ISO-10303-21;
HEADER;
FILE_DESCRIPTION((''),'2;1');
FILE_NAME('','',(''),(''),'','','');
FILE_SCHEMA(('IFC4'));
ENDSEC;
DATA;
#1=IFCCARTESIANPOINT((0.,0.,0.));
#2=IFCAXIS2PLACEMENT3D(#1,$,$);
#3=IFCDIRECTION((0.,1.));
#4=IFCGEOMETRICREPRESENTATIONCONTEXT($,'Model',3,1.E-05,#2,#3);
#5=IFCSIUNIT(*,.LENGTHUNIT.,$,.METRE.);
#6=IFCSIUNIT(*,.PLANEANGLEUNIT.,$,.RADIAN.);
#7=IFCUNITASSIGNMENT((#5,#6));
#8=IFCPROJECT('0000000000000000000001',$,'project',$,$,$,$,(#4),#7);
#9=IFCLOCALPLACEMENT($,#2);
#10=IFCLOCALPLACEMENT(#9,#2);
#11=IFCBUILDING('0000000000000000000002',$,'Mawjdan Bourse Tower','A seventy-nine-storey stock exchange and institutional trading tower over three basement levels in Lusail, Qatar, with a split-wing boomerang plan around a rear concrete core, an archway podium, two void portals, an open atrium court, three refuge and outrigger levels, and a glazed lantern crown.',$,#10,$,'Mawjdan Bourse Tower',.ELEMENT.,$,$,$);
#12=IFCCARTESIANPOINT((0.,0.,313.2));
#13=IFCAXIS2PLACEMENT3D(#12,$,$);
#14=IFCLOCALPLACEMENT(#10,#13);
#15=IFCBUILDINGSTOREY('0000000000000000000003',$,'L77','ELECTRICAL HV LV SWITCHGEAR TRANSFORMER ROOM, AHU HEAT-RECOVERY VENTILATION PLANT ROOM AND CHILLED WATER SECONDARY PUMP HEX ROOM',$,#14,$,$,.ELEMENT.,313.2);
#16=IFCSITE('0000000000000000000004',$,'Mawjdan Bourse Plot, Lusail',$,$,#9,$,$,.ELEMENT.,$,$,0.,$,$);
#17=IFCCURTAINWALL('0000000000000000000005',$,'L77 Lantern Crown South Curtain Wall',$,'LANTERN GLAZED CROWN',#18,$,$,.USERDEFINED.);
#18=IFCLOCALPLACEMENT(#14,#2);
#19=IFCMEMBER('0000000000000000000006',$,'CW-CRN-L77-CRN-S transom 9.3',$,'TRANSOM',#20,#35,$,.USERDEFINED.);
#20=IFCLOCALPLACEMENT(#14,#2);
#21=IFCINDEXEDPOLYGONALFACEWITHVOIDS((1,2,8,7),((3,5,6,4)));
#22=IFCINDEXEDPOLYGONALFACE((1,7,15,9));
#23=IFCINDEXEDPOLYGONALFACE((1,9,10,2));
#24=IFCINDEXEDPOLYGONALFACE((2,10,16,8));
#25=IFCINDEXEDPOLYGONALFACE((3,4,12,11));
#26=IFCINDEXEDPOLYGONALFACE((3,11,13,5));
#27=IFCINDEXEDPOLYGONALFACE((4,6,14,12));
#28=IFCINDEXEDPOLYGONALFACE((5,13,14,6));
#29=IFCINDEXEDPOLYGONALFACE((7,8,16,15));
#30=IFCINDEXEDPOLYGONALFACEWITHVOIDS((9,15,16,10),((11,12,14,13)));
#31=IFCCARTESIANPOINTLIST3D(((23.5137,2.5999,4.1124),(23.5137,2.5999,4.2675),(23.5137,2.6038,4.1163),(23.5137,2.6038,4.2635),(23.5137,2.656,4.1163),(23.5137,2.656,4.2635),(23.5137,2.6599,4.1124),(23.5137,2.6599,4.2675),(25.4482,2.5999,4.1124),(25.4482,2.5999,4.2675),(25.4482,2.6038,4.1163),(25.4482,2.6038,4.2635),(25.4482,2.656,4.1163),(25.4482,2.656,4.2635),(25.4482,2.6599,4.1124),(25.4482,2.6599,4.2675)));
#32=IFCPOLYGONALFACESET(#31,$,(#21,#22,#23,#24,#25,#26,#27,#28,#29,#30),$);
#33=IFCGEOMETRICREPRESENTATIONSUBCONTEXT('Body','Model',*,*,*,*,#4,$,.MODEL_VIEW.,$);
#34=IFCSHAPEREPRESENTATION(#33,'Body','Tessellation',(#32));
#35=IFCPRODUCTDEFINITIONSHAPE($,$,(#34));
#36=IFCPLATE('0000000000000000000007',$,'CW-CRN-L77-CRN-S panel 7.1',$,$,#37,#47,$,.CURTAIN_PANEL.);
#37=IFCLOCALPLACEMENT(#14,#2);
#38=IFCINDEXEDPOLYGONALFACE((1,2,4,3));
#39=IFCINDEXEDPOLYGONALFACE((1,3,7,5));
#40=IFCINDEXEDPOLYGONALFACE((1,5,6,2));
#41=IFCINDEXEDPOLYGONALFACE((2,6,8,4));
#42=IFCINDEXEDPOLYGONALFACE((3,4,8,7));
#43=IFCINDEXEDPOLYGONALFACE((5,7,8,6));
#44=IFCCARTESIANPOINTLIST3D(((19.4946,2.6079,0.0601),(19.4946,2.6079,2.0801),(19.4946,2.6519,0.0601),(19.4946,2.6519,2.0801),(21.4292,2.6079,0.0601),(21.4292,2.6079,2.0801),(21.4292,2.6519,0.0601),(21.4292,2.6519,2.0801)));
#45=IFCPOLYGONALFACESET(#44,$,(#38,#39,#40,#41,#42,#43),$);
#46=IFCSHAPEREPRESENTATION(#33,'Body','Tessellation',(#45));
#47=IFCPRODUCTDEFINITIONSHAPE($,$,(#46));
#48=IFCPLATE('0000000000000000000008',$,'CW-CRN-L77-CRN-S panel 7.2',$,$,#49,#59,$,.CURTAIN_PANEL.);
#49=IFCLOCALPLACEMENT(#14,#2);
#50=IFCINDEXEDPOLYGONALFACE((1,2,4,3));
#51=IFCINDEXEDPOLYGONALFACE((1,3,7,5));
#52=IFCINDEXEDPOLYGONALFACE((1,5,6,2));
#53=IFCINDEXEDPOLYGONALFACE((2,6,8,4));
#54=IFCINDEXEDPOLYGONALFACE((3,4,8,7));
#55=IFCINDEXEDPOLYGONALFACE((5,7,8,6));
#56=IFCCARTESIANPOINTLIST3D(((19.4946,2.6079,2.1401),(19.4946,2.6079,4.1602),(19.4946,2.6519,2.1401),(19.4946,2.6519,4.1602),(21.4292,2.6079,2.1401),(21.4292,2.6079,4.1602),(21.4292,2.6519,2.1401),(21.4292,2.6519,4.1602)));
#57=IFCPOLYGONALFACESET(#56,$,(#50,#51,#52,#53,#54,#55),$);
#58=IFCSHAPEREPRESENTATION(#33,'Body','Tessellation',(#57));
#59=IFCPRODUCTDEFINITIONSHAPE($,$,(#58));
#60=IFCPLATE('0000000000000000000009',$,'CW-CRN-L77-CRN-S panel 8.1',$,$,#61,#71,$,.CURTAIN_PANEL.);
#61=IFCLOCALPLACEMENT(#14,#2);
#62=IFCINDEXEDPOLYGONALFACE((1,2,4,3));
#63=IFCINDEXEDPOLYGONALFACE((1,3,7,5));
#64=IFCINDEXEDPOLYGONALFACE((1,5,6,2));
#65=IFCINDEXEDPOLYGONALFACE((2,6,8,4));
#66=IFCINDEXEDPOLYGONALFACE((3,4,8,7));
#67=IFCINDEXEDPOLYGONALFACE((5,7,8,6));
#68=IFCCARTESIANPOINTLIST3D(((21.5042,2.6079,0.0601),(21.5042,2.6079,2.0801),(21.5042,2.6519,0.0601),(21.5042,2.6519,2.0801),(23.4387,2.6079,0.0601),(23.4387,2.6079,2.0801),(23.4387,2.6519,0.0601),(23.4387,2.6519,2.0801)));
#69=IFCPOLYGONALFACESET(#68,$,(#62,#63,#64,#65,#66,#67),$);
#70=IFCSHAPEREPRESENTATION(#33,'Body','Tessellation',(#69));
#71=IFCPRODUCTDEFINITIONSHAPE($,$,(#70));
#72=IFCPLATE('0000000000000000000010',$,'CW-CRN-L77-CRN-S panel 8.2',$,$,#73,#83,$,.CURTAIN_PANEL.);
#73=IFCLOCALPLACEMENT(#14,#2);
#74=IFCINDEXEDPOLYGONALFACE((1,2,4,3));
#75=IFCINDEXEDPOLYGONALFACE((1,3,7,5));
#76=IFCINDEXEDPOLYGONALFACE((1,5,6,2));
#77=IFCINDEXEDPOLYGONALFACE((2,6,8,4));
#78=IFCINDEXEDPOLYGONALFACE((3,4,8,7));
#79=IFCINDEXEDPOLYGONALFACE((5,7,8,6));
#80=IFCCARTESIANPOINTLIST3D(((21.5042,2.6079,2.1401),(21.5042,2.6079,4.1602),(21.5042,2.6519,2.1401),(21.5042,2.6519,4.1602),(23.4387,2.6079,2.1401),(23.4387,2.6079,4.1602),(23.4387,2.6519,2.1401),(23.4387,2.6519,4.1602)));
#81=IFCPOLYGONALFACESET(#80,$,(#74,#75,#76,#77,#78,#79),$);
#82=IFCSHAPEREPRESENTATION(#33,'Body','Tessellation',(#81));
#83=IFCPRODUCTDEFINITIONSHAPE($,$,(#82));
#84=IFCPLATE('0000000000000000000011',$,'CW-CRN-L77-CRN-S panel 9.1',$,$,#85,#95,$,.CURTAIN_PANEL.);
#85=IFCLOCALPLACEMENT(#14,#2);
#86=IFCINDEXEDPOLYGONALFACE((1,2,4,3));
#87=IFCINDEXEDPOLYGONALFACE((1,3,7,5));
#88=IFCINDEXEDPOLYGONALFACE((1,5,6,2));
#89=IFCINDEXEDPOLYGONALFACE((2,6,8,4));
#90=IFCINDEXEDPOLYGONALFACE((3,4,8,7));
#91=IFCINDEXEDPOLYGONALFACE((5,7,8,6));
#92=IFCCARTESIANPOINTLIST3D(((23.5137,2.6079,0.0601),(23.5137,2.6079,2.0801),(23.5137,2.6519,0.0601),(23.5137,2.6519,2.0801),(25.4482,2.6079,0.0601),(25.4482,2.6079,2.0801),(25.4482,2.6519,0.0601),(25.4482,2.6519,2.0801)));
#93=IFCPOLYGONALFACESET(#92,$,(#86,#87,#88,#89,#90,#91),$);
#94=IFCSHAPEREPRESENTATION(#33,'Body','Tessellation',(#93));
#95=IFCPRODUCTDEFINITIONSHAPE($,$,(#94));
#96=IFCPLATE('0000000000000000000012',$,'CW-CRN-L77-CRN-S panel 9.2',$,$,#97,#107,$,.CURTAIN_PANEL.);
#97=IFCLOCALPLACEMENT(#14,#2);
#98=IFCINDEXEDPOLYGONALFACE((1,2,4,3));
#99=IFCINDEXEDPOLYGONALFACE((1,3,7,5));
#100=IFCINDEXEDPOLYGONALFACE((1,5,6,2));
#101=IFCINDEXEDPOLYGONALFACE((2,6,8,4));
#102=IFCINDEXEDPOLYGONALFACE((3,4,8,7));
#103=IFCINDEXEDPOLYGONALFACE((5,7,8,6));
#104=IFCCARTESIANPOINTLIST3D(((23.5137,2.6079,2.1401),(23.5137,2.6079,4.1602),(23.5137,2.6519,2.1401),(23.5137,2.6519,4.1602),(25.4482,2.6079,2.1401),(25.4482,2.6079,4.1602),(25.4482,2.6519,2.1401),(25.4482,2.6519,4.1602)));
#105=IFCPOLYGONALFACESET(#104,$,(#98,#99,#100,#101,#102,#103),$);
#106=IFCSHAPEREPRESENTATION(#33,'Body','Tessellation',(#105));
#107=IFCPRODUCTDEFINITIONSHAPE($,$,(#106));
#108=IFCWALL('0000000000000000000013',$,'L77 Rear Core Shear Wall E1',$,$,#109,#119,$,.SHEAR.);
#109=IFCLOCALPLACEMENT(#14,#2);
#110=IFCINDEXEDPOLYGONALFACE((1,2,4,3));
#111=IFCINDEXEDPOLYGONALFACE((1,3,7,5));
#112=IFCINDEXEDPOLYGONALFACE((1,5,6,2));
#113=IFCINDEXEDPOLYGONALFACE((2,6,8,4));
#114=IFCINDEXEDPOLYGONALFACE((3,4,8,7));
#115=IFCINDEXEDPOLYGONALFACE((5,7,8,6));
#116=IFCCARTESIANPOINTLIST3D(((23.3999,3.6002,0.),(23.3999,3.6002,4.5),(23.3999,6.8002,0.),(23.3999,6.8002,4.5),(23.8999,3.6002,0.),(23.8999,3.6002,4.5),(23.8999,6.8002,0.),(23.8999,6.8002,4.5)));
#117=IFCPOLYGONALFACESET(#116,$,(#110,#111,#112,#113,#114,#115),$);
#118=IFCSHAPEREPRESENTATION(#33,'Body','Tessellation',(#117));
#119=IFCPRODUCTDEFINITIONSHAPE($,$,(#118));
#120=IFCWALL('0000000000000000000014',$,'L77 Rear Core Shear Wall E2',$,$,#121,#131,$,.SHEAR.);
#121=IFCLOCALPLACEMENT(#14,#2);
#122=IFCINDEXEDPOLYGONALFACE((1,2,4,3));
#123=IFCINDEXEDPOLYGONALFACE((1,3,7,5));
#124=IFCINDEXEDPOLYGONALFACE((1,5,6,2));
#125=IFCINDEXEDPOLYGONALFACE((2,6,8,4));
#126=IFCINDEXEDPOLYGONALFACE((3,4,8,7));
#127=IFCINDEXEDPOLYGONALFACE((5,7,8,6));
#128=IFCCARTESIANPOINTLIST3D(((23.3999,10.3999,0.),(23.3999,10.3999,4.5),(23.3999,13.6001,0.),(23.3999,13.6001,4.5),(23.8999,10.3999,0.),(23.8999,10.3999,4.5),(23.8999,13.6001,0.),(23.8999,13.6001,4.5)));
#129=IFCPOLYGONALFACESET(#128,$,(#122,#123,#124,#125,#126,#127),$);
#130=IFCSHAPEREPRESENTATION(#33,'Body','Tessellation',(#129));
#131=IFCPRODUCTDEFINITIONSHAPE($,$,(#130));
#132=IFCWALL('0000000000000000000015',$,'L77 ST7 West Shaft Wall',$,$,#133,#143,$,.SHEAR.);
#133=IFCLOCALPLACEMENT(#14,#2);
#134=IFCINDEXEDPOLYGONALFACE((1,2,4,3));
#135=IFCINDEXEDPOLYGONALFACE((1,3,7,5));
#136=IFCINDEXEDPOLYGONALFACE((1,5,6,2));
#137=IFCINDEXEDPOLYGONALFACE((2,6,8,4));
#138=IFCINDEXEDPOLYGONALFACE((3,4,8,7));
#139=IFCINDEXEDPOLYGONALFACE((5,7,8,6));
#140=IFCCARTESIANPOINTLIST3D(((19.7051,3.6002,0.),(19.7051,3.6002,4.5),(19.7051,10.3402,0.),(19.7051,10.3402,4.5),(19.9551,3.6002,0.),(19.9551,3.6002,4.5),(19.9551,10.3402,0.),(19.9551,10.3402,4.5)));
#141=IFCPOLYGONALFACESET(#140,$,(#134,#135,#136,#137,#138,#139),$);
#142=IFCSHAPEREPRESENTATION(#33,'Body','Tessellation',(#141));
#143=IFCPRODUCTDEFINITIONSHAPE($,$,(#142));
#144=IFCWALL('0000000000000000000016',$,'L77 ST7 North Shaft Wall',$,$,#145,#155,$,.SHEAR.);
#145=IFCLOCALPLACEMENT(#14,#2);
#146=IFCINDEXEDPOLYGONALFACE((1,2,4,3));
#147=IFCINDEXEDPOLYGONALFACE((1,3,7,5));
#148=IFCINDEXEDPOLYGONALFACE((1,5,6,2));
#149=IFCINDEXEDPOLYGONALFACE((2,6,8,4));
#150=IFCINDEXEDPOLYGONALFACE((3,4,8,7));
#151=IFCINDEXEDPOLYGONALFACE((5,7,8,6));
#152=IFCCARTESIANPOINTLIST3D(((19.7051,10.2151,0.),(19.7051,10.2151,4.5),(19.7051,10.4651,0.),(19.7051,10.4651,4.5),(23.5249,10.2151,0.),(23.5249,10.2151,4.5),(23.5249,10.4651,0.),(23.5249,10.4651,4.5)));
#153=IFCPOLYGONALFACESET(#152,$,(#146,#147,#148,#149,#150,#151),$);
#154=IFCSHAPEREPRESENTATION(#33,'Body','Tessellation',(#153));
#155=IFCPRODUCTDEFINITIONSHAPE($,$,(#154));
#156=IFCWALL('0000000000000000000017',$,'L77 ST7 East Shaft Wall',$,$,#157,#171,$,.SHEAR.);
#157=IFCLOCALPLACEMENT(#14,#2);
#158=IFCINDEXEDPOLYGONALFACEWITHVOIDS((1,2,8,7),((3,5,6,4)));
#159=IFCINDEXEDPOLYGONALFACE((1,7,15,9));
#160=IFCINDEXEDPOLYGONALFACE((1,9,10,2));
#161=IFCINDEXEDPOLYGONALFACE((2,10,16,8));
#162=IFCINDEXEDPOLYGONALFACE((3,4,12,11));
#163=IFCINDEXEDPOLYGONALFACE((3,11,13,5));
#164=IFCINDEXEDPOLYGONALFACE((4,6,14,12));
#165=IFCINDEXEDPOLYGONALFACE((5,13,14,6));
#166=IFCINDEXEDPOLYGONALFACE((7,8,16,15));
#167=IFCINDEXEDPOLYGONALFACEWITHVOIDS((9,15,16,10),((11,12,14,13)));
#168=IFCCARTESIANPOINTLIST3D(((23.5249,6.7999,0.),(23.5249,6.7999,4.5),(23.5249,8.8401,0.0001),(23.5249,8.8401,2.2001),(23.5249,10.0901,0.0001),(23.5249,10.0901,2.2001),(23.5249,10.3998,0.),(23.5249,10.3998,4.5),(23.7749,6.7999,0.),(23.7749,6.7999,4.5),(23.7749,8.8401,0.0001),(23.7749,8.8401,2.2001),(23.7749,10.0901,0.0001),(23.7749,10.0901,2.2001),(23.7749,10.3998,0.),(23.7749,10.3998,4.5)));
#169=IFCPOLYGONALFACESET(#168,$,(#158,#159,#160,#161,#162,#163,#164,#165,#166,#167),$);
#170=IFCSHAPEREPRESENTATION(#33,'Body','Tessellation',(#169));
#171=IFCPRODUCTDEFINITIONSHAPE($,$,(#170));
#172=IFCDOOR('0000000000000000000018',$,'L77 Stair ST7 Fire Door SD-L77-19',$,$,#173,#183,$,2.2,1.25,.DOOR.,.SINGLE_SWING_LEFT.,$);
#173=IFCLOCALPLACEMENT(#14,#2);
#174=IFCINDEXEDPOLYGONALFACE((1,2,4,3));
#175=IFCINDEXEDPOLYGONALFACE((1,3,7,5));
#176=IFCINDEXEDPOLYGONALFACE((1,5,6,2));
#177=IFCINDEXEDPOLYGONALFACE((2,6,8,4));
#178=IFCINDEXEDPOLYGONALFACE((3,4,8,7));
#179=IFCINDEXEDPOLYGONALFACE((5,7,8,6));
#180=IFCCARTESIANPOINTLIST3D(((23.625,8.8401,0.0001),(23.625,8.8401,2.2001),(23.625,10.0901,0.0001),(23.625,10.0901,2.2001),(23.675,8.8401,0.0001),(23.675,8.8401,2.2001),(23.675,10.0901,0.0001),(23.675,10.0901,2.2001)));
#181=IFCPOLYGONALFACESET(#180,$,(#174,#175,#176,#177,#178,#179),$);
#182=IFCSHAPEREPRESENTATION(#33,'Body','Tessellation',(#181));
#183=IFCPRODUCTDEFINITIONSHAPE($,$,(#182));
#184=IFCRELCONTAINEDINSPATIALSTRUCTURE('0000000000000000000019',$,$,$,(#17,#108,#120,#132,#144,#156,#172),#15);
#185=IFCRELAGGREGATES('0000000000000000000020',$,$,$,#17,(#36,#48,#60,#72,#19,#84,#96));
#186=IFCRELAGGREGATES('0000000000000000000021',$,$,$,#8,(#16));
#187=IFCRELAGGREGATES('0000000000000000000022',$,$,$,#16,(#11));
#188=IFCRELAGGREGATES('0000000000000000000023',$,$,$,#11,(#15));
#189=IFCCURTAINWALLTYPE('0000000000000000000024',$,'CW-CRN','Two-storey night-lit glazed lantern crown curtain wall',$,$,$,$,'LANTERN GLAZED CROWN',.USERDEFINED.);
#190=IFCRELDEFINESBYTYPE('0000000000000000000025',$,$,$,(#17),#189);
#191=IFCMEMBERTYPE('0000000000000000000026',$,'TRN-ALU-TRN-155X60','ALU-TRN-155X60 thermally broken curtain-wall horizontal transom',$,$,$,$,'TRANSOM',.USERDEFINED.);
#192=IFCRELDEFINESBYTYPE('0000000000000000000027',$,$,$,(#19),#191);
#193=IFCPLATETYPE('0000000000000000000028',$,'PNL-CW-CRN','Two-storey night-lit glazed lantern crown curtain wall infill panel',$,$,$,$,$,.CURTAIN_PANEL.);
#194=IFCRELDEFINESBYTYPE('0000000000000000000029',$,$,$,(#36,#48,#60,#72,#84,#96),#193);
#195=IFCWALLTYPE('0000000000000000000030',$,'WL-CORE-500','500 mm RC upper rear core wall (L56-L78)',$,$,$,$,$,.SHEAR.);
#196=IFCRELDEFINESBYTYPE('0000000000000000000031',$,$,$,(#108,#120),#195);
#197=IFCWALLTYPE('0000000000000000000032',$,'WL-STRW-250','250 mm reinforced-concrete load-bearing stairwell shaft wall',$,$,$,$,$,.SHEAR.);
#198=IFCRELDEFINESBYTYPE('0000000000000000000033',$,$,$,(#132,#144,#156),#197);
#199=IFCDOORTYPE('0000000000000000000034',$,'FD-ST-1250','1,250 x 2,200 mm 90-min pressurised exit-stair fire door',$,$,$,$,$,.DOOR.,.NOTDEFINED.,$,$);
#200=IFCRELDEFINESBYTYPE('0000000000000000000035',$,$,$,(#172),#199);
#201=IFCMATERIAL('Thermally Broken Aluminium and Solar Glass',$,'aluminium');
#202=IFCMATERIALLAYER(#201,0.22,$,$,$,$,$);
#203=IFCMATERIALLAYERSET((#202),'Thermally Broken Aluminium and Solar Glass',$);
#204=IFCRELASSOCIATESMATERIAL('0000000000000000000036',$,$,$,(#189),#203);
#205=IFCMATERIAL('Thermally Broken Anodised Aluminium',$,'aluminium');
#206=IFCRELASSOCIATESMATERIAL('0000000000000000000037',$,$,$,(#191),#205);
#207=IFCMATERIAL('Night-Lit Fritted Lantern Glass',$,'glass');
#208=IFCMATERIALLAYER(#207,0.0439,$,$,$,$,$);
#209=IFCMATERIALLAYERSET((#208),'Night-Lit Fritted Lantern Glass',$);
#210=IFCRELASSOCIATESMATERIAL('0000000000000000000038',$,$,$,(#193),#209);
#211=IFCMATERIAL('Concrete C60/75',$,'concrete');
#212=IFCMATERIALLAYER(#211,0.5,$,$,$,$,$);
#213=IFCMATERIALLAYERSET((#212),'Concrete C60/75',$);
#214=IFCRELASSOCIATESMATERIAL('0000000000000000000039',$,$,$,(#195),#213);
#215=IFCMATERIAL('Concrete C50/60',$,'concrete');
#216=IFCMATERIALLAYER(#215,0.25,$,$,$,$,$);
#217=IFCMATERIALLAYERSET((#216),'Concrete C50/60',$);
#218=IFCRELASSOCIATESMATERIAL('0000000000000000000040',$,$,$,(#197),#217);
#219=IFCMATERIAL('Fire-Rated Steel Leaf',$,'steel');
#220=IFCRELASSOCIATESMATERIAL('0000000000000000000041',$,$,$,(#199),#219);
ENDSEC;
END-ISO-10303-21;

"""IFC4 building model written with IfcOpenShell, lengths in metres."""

from ifc_helpers import new_model, si_unit, direction, frame, frame_2d, origin, origin_2d, place, context, subcontext, project, spatial, rectangle, hollow_rectangle, extrude, material, layer, layer_set, material_profile, profile_set, type_object, element, fill, aggregate, save


model = new_model("IFC4")

# Units and contexts
model_context = context("Model", 3, precision=1e-05, world=origin(), true_north=direction((0.0, 1.0)))
body_context = subcontext(model_context, "Body", "Model", "MODEL_VIEW")
ifc_project = project(units=[si_unit("LENGTHUNIT", "METRE"), si_unit("PLANEANGLEUNIT", "RADIAN")], contexts=[model_context])

# Site, building, storey
site_placement = place(None, origin())
site = spatial("IfcSite", under=ifc_project, at=site_placement, Name="Mawjdan Bourse Plot, Lusail", CompositionType="ELEMENT", RefElevation=0.0)
building_placement = place(site_placement, origin())
building = spatial("IfcBuilding", under=site, at=building_placement, Name="Mawjdan Bourse Tower", Description="A seventy-nine-storey stock exchange and institutional trading tower over three basement levels in Lusail, Qatar, with a split-wing boomerang plan around a rear concrete core, an archway podium, two void portals, an open atrium court, three refuge and outrigger levels, and a glazed lantern crown.", LongName="Mawjdan Bourse Tower", CompositionType="ELEMENT")
storey_placement = place(building_placement, frame((0.0, 0.0, 313.2)))
storey = spatial("IfcBuildingStorey", under=building, at=storey_placement, Name="L77", Description="ELECTRICAL HV LV SWITCHGEAR TRANSFORMER ROOM, AHU HEAT-RECOVERY VENTILATION PLANT ROOM AND CHILLED WATER SECONDARY PUMP HEX ROOM", CompositionType="ELEMENT", Elevation=313.2)

# Curtain wall
ifc_material_1 = material(Name="Thermally Broken Aluminium and Solar Glass", Category="aluminium")
ifc_layer_1 = layer(ifc_material_1, 0.22)
ifc_layer_set_1 = layer_set([ifc_layer_1], Name="Thermally Broken Aluminium and Solar Glass")
curtain_wall_type = type_object("IfcCurtainWallType", Name="CW-CRN", Description="Two-storey night-lit glazed lantern crown curtain wall", ElementType="LANTERN GLAZED CROWN", PredefinedType="USERDEFINED", material=ifc_layer_set_1)
curtain_wall_placement = place(storey_placement, origin())
curtain_wall = element("IfcCurtainWall", 1, at=curtain_wall_placement, inside=storey, type_object=curtain_wall_type, Name="L77 Lantern Crown South Curtain Wall", ObjectType="LANTERN GLAZED CROWN", PredefinedType="USERDEFINED")
ifc_material_2 = material(Name="Thermally Broken Anodised Aluminium", Category="aluminium")

# Member
ifc_material_profile_1 = material_profile(ifc_material_2, hollow_rectangle(XDim=0.0601, YDim=0.155, WallThickness=0.0039, at=origin_2d()), Name="ALU-TRN-155X60")
ifc_profile_set_1 = profile_set([ifc_material_profile_1], Name="Thermally Broken Anodised Aluminium")
member_type_1 = type_object("IfcMemberType", Name="TRN-ALU-TRN-155X60", Description="ALU-TRN-155X60 thermally broken curtain-wall horizontal transom", ElementType="TRANSOM", PredefinedType="USERDEFINED", material=ifc_profile_set_1)
member_1_placement = place(storey_placement, frame((23.5137, 2.6299, 4.1899), z_axis=(1.0, 0.0, 0.0), x_axis=(0.0, 1.0, 0.0)))
member_1 = element("IfcMember", 2, at=member_1_placement, type_object=member_type_1, Name="CW-CRN-L77-CRN-S transom 9.3", ObjectType="TRANSOM", PredefinedType="USERDEFINED", context=body_context, shape_type="SweptSolid", body=[
    extrude(hollow_rectangle(XDim=0.0601, YDim=0.155, WallThickness=0.0039, at=origin_2d()), origin(), (0.0, 0.0, 1.0), 1.9346),
])

# Plates
ifc_material_3 = material(Name="Night-Lit Fritted Lantern Glass", Category="glass")
ifc_layer_2 = layer(ifc_material_3, 0.0439)
ifc_layer_set_2 = layer_set([ifc_layer_2], Name="Night-Lit Fritted Lantern Glass")
plate_type = type_object("IfcPlateType", Name="PNL-CW-CRN", Description="Two-storey night-lit glazed lantern crown curtain wall infill panel", PredefinedType="CURTAIN_PANEL", material=ifc_layer_set_2)
plate_1_placement = place(storey_placement, frame((20.4619, 2.6299, 0.0601), z_axis=(0.0, 0.0, 1.0), x_axis=(1.0, 0.0, 0.0)))
plate_1 = element("IfcPlate", 3, at=plate_1_placement, type_object=plate_type, Name="CW-CRN-L77-CRN-S panel 7.1", PredefinedType="CURTAIN_PANEL", context=body_context, shape_type="SweptSolid", body=[
    extrude(rectangle(XDim=1.9346, YDim=0.0439, at=origin_2d()), origin(), (0.0, 0.0, 1.0), 2.02),
])
plate_2_placement = place(storey_placement, frame((20.4619, 2.6299, 2.1401), z_axis=(0.0, 0.0, 1.0), x_axis=(1.0, 0.0, 0.0)))
plate_2 = element("IfcPlate", 4, at=plate_2_placement, type_object=plate_type, Name="CW-CRN-L77-CRN-S panel 7.2", PredefinedType="CURTAIN_PANEL", context=body_context, shape_type="SweptSolid", body=[
    extrude(rectangle(XDim=1.9346, YDim=0.0439, at=origin_2d()), origin(), (0.0, 0.0, 1.0), 2.02),
])
plate_3_placement = place(storey_placement, frame((22.4714, 2.6299, 0.0601), z_axis=(0.0, 0.0, 1.0), x_axis=(1.0, 0.0, 0.0)))
plate_3 = element("IfcPlate", 5, at=plate_3_placement, type_object=plate_type, Name="CW-CRN-L77-CRN-S panel 8.1", PredefinedType="CURTAIN_PANEL", context=body_context, shape_type="SweptSolid", body=[
    extrude(rectangle(XDim=1.9346, YDim=0.0439, at=origin_2d()), origin(), (0.0, 0.0, 1.0), 2.02),
])
plate_4_placement = place(storey_placement, frame((22.4714, 2.6299, 2.1401), z_axis=(0.0, 0.0, 1.0), x_axis=(1.0, 0.0, 0.0)))
plate_4 = element("IfcPlate", 6, at=plate_4_placement, type_object=plate_type, Name="CW-CRN-L77-CRN-S panel 8.2", PredefinedType="CURTAIN_PANEL", context=body_context, shape_type="SweptSolid", body=[
    extrude(rectangle(XDim=1.9346, YDim=0.0439, at=origin_2d()), origin(), (0.0, 0.0, 1.0), 2.02),
])
plate_5_placement = place(storey_placement, frame((24.481, 2.6299, 0.0601), z_axis=(0.0, 0.0, 1.0), x_axis=(1.0, 0.0, 0.0)))
plate_5 = element("IfcPlate", 7, at=plate_5_placement, type_object=plate_type, Name="CW-CRN-L77-CRN-S panel 9.1", PredefinedType="CURTAIN_PANEL", context=body_context, shape_type="SweptSolid", body=[
    extrude(rectangle(XDim=1.9346, YDim=0.0439, at=origin_2d()), origin(), (0.0, 0.0, 1.0), 2.02),
])
plate_6_placement = place(storey_placement, frame((24.481, 2.6299, 2.1401), z_axis=(0.0, 0.0, 1.0), x_axis=(1.0, 0.0, 0.0)))
plate_6 = element("IfcPlate", 8, at=plate_6_placement, type_object=plate_type, Name="CW-CRN-L77-CRN-S panel 9.2", PredefinedType="CURTAIN_PANEL", context=body_context, shape_type="SweptSolid", body=[
    extrude(rectangle(XDim=1.9346, YDim=0.0439, at=origin_2d()), origin(), (0.0, 0.0, 1.0), 2.02),
])
aggregate(curtain_wall, [plate_1, plate_2, plate_3, plate_4, member_1, plate_5, plate_6])

# Walls
ifc_material_4 = material(Name="Concrete C60/75", Category="concrete")
ifc_layer_3 = layer(ifc_material_4, 0.5)
ifc_layer_set_3 = layer_set([ifc_layer_3], Name="Concrete C60/75")
wall_type_1 = type_object("IfcWallType", Name="WL-CORE-500", Description="500 mm RC upper rear core wall (L56-L78)", PredefinedType="SHEAR", material=ifc_layer_set_3)
wall_1_placement = place(storey_placement, frame((23.6499, 3.6001, 0.0), z_axis=(0.0, 0.0, 1.0), x_axis=(0.0, 1.0, 0.0)))
element("IfcWall", 9, at=wall_1_placement, inside=storey, type_object=wall_type_1, Name="L77 Rear Core Shear Wall E1", PredefinedType="SHEAR", context=body_context, shape_type="SweptSolid", body=[
    extrude(rectangle(XDim=3.2, YDim=0.5, at=frame_2d((1.6001, 0.0))), origin(), (0.0, 0.0, 1.0), 4.5),
])
wall_2_placement = place(storey_placement, frame((23.6499, 10.3999, 0.0), z_axis=(0.0, 0.0, 1.0), x_axis=(0.0, 1.0, 0.0)))
element("IfcWall", 10, at=wall_2_placement, inside=storey, type_object=wall_type_1, Name="L77 Rear Core Shear Wall E2", PredefinedType="SHEAR", context=body_context, shape_type="SweptSolid", body=[
    extrude(rectangle(XDim=3.2002, YDim=0.5, at=frame_2d((1.6001, 0.0))), origin(), (0.0, 0.0, 1.0), 4.5),
])
ifc_material_5 = material(Name="Concrete C50/60", Category="concrete")
ifc_layer_4 = layer(ifc_material_5, 0.25)
ifc_layer_set_4 = layer_set([ifc_layer_4], Name="Concrete C50/60")
wall_type_2 = type_object("IfcWallType", Name="WL-STRW-250", Description="250 mm reinforced-concrete load-bearing stairwell shaft wall", PredefinedType="SHEAR", material=ifc_layer_set_4)
wall_3_placement = place(storey_placement, frame((19.8301, 3.6001, 0.0), z_axis=(0.0, 0.0, 1.0), x_axis=(0.0, 1.0, 0.0)))
element("IfcWall", 11, at=wall_3_placement, inside=storey, type_object=wall_type_2, Name="L77 ST7 West Shaft Wall", PredefinedType="SHEAR", context=body_context, shape_type="SweptSolid", body=[
    extrude(rectangle(XDim=6.74, YDim=0.25, at=frame_2d((3.3701, 0.0))), origin(), (0.0, 0.0, 1.0), 4.5),
])
wall_4_placement = place(storey_placement, frame((19.7051, 10.3401, 0.0), z_axis=(0.0, 0.0, 1.0), x_axis=(1.0, 0.0, 0.0)))
element("IfcWall", 12, at=wall_4_placement, inside=storey, type_object=wall_type_2, Name="L77 ST7 North Shaft Wall", PredefinedType="SHEAR", context=body_context, shape_type="SweptSolid", body=[
    extrude(rectangle(XDim=3.8198, YDim=0.25, at=frame_2d((1.9099, 0.0))), origin(), (0.0, 0.0, 1.0), 4.5),
])

# Wall, opening, door
wall_5_placement = place(storey_placement, frame((23.6499, 6.8, 0.0), z_axis=(0.0, 0.0, 1.0), x_axis=(0.0, 1.0, 0.0)))
wall_5 = element("IfcWall", 13, at=wall_5_placement, inside=storey, type_object=wall_type_2, Name="L77 ST7 East Shaft Wall", PredefinedType="SHEAR", context=body_context, shape_type="SweptSolid", body=[
    extrude(rectangle(XDim=3.5999, YDim=0.25, at=frame_2d((1.7998, 0.0))), origin(), (0.0, 0.0, 1.0), 4.5),
])
opening_placement = place(wall_5_placement, frame((2.04, 0.0, 0.0)))
opening = element("IfcOpeningElement", 14, at=opening_placement, cuts=wall_5, PredefinedType="OPENING", context=body_context, shape_type="SweptSolid", body=[
    extrude(rectangle(XDim=1.25, YDim=2.2, at=frame_2d((0.625, 1.1001))), frame((0.0, 0.135, 0.0), z_axis=(0.0, -1.0, 0.0), x_axis=(1.0, 0.0, 0.0)), (0.0, 0.0, 1.0), 0.27),
])
ifc_material_6 = material(Name="Fire-Rated Steel Leaf", Category="steel")
door_type = type_object("IfcDoorType", Name="FD-ST-1250", Description="1,250 x 2,200 mm 90-min pressurised exit-stair fire door", OperationType="NOTDEFINED", PredefinedType="DOOR", material=ifc_material_6)
door_placement = place(opening_placement, origin())
door = element("IfcDoor", 15, at=door_placement, inside=storey, type_object=door_type, Name="L77 Stair ST7 Fire Door SD-L77-19", OperationType="SINGLE_SWING_LEFT", OverallHeight=2.2, OverallWidth=1.25, PredefinedType="DOOR", context=body_context, shape_type="SweptSolid", body=[
    extrude(rectangle(XDim=1.25, YDim=2.2, at=frame_2d((0.625, 1.1001))), frame((0.0, 0.0249, 0.0), z_axis=(0.0, -1.0, 0.0), x_axis=(1.0, 0.0, 0.0)), (0.0, 0.0, 1.0), 0.05),
])
fill(opening, door)

save(model, "model.ifc")
